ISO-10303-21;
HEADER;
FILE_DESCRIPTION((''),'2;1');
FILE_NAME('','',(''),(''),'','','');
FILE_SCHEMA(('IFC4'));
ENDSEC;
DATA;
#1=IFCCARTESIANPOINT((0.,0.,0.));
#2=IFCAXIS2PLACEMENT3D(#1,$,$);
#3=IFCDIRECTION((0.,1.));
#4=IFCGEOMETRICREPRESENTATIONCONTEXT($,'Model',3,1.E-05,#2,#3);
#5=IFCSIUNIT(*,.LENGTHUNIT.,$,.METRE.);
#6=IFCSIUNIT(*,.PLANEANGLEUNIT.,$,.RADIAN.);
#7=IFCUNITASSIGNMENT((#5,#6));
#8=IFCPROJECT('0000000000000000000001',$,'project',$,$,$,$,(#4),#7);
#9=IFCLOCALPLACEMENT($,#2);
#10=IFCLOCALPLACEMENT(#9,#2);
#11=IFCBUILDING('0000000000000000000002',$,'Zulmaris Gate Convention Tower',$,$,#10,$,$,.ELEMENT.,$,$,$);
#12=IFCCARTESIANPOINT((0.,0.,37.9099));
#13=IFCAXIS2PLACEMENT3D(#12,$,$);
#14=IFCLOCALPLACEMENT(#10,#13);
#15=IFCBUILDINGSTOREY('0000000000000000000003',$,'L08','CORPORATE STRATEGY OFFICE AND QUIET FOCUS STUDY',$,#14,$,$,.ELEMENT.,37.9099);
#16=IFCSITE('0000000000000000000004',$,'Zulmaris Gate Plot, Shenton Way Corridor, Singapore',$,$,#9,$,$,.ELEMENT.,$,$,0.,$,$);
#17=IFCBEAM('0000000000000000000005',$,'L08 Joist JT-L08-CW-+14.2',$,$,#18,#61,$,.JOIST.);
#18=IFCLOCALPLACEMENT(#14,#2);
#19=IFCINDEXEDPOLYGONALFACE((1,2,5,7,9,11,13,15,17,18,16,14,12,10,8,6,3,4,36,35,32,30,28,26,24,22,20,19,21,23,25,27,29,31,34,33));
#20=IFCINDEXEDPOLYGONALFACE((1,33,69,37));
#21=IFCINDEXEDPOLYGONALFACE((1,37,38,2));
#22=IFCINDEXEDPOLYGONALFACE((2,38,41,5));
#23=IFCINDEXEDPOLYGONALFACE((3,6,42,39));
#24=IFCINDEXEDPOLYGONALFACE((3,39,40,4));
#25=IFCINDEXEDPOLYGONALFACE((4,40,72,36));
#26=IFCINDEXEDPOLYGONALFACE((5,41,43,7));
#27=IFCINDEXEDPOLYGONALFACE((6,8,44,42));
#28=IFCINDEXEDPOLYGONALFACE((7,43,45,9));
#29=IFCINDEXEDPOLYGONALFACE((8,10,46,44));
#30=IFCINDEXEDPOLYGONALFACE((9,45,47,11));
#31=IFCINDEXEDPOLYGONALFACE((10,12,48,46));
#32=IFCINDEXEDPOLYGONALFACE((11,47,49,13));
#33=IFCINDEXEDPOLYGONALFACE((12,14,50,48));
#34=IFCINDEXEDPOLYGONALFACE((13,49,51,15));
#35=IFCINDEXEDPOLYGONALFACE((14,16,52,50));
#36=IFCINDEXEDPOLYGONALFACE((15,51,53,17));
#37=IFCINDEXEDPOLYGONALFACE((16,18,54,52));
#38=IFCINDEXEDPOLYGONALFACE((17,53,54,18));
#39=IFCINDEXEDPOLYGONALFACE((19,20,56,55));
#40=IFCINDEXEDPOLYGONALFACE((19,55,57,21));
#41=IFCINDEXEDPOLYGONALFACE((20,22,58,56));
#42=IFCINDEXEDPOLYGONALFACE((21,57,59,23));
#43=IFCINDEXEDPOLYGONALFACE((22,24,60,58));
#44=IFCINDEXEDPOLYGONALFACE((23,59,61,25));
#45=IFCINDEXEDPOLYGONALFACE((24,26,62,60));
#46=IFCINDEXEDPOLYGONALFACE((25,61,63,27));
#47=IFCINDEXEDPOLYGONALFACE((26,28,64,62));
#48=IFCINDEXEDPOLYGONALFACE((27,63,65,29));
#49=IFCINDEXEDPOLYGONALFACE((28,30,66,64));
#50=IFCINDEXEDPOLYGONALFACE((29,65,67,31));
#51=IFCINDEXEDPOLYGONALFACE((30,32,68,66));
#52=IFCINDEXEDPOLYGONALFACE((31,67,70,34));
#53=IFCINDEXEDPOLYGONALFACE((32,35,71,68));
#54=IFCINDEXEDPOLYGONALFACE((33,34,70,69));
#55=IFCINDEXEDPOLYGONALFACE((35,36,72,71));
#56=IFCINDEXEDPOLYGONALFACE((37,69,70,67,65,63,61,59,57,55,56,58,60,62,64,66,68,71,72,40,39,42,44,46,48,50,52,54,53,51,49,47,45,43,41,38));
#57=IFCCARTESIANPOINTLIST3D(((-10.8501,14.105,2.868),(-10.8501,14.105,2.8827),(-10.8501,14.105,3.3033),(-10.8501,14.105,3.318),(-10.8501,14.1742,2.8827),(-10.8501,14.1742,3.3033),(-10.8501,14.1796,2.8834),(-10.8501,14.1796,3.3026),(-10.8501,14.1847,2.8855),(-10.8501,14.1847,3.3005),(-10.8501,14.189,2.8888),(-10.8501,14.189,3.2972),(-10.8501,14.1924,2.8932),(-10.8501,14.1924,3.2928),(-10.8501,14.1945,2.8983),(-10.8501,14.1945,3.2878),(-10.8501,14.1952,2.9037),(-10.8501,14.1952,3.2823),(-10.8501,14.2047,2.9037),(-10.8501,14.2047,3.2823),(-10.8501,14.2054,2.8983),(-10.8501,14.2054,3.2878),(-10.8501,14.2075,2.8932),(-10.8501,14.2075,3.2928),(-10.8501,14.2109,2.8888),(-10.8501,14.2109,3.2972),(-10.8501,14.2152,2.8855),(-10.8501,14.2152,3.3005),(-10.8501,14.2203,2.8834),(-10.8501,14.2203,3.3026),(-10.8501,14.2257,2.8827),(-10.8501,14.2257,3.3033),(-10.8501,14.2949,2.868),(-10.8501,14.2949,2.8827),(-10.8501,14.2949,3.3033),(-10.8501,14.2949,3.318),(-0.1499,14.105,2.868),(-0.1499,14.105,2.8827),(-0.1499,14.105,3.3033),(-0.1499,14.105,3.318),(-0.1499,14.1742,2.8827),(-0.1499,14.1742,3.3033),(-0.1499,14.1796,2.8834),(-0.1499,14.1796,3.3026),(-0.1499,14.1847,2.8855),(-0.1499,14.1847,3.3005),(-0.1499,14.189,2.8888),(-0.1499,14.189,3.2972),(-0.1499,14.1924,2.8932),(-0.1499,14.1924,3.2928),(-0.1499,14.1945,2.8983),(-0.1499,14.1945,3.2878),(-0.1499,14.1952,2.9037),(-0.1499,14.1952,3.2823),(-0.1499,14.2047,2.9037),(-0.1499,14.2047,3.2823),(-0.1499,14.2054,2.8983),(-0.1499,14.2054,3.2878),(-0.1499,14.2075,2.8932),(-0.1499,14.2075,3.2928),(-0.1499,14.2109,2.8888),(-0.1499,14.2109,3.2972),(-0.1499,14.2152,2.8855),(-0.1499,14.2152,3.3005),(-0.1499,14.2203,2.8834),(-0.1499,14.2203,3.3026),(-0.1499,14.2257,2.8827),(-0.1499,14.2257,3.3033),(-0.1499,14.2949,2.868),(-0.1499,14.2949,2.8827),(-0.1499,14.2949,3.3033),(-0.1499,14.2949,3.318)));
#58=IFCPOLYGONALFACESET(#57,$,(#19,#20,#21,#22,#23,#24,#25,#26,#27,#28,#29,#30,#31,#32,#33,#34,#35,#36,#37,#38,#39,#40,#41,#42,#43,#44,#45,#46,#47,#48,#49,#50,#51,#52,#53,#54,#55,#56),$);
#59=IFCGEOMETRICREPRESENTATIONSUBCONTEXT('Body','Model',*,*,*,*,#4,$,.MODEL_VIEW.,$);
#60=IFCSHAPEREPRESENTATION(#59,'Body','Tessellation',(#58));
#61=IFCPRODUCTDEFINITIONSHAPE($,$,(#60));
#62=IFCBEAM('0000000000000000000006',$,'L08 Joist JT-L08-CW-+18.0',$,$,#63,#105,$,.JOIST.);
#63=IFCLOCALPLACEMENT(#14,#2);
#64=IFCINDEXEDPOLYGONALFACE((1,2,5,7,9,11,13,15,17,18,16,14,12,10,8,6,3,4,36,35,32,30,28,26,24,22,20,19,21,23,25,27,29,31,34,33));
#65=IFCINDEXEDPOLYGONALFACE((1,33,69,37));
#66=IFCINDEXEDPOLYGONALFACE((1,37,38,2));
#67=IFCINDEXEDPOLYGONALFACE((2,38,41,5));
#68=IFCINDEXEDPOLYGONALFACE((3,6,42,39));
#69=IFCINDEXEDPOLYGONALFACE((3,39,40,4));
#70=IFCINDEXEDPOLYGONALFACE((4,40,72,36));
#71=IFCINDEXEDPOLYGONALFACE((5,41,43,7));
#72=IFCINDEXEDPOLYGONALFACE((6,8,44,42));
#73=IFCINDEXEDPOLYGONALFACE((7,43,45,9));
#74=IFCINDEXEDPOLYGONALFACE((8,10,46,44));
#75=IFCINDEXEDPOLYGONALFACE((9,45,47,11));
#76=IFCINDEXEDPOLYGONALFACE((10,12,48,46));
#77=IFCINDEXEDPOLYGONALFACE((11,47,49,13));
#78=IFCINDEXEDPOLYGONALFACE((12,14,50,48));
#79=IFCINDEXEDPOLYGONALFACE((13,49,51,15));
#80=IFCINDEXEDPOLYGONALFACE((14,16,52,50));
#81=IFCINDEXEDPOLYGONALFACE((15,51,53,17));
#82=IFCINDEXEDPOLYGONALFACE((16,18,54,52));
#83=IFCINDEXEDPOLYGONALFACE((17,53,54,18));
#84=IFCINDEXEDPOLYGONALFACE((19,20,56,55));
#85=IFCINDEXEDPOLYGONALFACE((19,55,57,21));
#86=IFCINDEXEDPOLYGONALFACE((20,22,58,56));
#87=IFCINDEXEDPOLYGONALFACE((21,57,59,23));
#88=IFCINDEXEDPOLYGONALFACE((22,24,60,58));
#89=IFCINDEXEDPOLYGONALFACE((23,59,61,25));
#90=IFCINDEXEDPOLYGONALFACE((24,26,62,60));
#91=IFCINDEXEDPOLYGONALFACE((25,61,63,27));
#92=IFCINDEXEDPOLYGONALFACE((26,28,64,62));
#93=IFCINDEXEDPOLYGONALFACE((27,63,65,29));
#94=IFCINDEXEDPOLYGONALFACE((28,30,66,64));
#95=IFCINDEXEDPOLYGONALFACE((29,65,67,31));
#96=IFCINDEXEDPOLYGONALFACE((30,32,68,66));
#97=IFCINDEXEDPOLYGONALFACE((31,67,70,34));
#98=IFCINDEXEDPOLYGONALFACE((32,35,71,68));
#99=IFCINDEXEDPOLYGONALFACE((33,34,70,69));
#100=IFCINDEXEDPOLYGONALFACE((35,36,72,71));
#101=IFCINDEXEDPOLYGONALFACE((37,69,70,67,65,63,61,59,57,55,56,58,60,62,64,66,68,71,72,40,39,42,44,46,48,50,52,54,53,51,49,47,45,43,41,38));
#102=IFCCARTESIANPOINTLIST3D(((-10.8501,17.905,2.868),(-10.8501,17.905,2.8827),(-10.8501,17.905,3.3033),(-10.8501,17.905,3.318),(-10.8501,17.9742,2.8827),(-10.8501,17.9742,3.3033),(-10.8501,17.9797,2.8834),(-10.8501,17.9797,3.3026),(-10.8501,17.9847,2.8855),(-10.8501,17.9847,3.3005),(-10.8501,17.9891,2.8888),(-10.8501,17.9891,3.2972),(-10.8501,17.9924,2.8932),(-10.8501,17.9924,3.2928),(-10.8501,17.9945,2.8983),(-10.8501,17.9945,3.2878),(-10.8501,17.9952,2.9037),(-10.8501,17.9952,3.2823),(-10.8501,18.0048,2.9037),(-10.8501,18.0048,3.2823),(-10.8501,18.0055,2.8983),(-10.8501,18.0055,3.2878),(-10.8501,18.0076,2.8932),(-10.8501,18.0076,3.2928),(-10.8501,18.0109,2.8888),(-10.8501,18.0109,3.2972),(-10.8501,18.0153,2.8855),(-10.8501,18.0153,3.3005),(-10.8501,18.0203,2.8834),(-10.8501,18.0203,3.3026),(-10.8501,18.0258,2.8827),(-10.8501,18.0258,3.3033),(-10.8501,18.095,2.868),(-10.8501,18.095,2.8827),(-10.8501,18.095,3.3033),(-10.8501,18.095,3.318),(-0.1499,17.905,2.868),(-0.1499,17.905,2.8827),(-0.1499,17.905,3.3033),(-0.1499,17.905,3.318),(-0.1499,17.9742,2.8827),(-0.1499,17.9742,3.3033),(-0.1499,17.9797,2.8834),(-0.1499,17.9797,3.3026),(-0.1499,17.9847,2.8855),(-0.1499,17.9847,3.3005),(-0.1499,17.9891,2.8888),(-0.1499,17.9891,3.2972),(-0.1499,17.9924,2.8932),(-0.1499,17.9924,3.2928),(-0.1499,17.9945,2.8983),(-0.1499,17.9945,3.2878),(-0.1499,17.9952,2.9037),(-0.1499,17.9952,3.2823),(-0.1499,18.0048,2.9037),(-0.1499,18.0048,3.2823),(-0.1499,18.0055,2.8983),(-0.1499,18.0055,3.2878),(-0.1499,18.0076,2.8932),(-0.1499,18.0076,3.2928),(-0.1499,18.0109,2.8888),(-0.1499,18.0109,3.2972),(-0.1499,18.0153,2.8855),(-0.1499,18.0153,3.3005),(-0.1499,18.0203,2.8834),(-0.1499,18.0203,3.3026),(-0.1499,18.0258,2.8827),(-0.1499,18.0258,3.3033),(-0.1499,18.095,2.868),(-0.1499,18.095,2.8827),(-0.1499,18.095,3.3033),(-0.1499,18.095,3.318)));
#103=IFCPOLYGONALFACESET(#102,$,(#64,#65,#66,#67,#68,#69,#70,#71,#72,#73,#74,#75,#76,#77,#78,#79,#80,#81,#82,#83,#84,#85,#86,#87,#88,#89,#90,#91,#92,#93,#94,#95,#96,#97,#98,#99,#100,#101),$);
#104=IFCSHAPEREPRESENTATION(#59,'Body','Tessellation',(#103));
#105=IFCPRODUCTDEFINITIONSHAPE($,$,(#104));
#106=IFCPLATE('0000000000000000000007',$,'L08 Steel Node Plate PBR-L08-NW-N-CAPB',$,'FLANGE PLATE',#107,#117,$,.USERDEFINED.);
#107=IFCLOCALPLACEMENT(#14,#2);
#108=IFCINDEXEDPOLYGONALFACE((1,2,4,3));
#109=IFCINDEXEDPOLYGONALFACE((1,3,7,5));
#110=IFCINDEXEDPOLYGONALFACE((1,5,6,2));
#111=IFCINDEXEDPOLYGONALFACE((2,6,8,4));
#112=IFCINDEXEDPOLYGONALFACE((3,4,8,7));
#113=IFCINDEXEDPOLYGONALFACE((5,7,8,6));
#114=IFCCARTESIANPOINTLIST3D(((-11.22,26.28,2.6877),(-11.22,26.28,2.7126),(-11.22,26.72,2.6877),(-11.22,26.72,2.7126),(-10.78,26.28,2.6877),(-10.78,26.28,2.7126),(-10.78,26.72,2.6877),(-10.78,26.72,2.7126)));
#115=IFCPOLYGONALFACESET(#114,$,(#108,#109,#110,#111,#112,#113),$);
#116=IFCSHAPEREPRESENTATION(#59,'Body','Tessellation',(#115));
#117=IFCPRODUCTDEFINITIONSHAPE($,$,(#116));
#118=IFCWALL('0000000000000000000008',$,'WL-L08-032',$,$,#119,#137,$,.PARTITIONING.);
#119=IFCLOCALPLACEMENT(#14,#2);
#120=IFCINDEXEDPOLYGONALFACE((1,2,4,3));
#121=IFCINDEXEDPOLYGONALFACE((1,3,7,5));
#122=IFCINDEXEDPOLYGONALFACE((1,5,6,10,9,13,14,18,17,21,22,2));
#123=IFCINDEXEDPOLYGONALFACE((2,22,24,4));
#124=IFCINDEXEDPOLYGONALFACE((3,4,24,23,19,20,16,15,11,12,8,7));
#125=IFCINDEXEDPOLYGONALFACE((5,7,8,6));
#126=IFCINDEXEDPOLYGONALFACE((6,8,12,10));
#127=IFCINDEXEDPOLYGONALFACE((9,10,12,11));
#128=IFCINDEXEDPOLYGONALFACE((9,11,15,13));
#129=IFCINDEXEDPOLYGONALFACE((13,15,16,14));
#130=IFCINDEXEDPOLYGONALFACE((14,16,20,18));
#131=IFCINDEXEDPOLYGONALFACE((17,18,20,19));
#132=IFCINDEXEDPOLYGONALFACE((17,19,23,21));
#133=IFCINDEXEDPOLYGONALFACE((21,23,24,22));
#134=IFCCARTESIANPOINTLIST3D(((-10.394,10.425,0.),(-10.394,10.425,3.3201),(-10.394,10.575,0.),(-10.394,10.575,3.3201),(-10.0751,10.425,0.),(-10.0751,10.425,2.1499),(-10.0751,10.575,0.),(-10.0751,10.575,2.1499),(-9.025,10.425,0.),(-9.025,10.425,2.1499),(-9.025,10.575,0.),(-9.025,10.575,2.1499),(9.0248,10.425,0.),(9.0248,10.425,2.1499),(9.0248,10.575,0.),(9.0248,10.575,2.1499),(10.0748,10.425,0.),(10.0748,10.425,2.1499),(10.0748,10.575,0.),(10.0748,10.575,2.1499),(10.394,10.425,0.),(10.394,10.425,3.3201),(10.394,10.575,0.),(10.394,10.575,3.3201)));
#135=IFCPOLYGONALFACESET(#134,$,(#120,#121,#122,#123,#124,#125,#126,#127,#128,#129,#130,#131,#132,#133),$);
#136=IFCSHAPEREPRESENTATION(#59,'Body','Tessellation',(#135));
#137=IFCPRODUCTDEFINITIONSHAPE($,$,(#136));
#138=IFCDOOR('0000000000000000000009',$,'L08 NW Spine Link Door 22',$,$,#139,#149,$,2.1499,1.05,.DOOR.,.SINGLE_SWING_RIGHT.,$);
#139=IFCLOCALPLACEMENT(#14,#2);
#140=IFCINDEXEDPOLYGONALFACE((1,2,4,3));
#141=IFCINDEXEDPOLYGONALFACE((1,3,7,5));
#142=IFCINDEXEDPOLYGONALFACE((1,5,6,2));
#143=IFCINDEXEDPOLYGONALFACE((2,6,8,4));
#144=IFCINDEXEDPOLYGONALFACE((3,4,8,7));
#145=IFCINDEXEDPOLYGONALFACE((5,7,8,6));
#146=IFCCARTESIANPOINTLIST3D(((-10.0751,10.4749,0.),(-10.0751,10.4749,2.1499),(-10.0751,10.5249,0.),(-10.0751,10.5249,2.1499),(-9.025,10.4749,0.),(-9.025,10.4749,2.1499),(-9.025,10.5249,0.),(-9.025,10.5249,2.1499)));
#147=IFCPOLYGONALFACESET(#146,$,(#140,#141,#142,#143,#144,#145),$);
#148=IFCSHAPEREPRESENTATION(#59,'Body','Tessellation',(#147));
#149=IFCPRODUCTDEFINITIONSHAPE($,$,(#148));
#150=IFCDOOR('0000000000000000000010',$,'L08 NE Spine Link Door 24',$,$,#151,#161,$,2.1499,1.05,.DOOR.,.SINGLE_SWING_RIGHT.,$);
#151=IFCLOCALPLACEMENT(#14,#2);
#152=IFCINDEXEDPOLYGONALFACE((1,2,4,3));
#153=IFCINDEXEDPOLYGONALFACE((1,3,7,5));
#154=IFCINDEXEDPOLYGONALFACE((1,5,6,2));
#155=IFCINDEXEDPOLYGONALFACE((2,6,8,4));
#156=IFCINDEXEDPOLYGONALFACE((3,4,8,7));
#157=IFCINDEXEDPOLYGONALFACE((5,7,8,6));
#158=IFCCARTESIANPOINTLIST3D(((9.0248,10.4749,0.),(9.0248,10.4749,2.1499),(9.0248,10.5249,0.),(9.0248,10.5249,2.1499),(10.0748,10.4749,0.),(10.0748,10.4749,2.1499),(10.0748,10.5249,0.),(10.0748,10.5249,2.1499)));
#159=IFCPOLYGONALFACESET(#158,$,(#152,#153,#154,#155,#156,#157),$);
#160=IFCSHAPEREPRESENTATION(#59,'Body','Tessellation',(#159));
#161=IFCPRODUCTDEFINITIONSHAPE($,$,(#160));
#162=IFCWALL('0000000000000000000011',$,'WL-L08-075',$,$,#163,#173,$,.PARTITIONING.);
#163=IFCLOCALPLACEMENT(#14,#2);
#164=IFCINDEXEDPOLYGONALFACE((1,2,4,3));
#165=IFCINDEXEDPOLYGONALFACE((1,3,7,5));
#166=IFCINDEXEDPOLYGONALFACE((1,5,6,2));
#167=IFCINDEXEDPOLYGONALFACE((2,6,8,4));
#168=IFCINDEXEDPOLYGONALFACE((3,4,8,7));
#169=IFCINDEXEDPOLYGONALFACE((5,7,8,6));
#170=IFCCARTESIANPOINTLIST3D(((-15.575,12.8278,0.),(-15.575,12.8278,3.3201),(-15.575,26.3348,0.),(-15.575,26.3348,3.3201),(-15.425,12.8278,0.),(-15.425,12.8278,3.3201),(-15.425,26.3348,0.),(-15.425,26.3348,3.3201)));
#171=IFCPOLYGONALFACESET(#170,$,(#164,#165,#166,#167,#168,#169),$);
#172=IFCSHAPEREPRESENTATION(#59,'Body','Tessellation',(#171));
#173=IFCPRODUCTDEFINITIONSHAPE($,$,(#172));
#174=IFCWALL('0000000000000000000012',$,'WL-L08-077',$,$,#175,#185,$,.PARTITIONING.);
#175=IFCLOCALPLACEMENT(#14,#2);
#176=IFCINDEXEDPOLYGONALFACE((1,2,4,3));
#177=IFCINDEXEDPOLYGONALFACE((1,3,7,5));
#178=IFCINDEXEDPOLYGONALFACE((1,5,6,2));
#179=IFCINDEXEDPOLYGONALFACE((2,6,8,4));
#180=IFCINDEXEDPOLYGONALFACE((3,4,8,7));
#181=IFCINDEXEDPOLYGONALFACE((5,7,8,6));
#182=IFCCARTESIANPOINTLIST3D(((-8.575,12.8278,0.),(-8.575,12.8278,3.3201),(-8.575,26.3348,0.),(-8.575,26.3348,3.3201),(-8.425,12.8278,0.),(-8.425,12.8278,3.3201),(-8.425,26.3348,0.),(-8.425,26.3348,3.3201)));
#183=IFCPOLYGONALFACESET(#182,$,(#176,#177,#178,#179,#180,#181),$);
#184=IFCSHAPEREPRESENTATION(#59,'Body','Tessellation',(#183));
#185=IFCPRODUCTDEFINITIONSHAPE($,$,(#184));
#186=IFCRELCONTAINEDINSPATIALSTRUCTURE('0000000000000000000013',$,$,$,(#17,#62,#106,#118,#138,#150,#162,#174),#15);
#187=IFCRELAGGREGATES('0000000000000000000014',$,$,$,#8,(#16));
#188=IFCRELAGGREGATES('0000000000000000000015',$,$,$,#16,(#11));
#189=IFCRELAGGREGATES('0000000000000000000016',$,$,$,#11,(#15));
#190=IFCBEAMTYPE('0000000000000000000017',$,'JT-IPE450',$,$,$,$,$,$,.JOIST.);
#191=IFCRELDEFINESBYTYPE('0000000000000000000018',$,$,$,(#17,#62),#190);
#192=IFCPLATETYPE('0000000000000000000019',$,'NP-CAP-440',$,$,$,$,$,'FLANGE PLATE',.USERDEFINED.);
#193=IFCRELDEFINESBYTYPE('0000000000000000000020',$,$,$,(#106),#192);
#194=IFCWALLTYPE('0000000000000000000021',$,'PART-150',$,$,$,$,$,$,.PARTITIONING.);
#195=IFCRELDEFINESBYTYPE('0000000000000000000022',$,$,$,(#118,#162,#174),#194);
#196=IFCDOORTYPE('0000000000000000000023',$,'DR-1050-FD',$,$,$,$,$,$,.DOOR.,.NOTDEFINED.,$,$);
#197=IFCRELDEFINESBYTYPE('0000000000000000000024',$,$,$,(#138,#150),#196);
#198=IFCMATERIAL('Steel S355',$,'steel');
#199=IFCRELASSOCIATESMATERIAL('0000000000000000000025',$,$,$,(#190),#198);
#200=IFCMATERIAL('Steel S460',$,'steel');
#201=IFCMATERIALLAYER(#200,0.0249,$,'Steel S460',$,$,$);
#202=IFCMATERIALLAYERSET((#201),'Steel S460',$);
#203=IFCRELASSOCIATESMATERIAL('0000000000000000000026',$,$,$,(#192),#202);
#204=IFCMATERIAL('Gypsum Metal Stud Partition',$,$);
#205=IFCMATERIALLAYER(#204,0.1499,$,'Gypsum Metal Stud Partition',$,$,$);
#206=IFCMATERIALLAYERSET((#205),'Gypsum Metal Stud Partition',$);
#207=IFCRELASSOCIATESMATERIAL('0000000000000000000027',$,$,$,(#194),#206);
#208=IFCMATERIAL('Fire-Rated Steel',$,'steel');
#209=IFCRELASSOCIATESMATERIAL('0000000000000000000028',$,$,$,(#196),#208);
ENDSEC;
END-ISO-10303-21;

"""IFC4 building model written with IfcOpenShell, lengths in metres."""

from ifc_helpers import new_model, si_unit, direction, frame, frame_2d, origin, origin_2d, place, context, subcontext, project, spatial, rectangle, i_section, extrude, material, layer, layer_set, material_profile, profile_set, type_object, element, fill, save


model = new_model("IFC4")

# Units and contexts
model_context = context("Model", 3, precision=1e-05, world=origin(), true_north=direction((0.0, 1.0)))
body_context = subcontext(model_context, "Body", "Model", "MODEL_VIEW")
ifc_project = project(units=[si_unit("LENGTHUNIT", "METRE"), si_unit("PLANEANGLEUNIT", "RADIAN")], contexts=[model_context])

# Site, building, storey
site_placement = place(None, origin())
site = spatial("IfcSite", under=ifc_project, at=site_placement, Name="Zulmaris Gate Plot, Shenton Way Corridor, Singapore", CompositionType="ELEMENT", RefElevation=0.0)
building_placement = place(site_placement, origin())
building = spatial("IfcBuilding", under=site, at=building_placement, Name="Zulmaris Gate Convention Tower", CompositionType="ELEMENT")
storey_placement = place(building_placement, frame((0.0, 0.0, 37.9099)))
storey = spatial("IfcBuildingStorey", under=building, at=storey_placement, Name="L08", Description="CORPORATE STRATEGY OFFICE AND QUIET FOCUS STUDY", CompositionType="ELEMENT", Elevation=37.9099)

# Beams
ifc_material_1 = material(Name="Steel S355", Category="steel")
ifc_material_profile_1 = material_profile(ifc_material_1, i_section(OverallWidth=0.1899, OverallDepth=0.45, WebThickness=0.0095, FlangeThickness=0.0146, FilletRadius=0.021, at=origin_2d()), Name="IPE 450")
ifc_profile_set_1 = profile_set([ifc_material_profile_1], Name="Steel S355")
beam_type_1 = type_object("IfcBeamType", Name="JT-IPE450", PredefinedType="JOIST", material=ifc_profile_set_1)
for number, where, z_axis, x_axis, name in (
    (1, (-10.8501, 14.2, 3.093), (1.0, 0.0, 0.0), (0.0, 1.0, 0.0), "L08 Joist JT-L08-CW-+14.2"),
    (2, (-10.8501, 18.0, 3.093), (1.0, 0.0, 0.0), (0.0, 1.0, 0.0), "L08 Joist JT-L08-CW-+18.0"),
):
    element("IfcBeam", number, at=place(storey_placement, frame(where, z_axis=z_axis, x_axis=x_axis)), inside=storey, type_object=beam_type_1, Name=name, PredefinedType="JOIST", context=body_context, shape_type="SweptSolid", body=[
        extrude(i_section(OverallWidth=0.1899, OverallDepth=0.45, WebThickness=0.0095, FlangeThickness=0.0146, FilletRadius=0.021, at=origin_2d()), origin(), (0.0, 0.0, 1.0), 10.7002),
    ])

# Plate
ifc_material_2 = material(Name="Steel S460", Category="steel")
ifc_layer_1 = layer(ifc_material_2, 0.0249, Name="Steel S460")
ifc_layer_set_1 = layer_set([ifc_layer_1], Name="Steel S460")
plate_type = type_object("IfcPlateType", Name="NP-CAP-440", ElementType="FLANGE PLATE", PredefinedType="USERDEFINED", material=ifc_layer_set_1)
plate_placement = place(storey_placement, frame((-11.0, 26.5, 2.6877), z_axis=(0.0, 0.0, 1.0), x_axis=(1.0, 0.0, 0.0)))
element("IfcPlate", 3, at=plate_placement, inside=storey, type_object=plate_type, Name="L08 Steel Node Plate PBR-L08-NW-N-CAPB", ObjectType="FLANGE PLATE", PredefinedType="USERDEFINED", context=body_context, shape_type="SweptSolid", body=[
    extrude(rectangle(XDim=0.4399, YDim=0.4399, at=origin_2d()), origin(), (0.0, 0.0, 1.0), 0.0249),
])

# Wall, openings, doors
ifc_material_3 = material(Name="Gypsum Metal Stud Partition")
ifc_layer_2 = layer(ifc_material_3, 0.1499, Name="Gypsum Metal Stud Partition")
ifc_layer_set_2 = layer_set([ifc_layer_2], Name="Gypsum Metal Stud Partition")
wall_type_1 = type_object("IfcWallType", Name="PART-150", PredefinedType="PARTITIONING", material=ifc_layer_set_2)
wall_1_placement = place(storey_placement, frame((-10.394, 10.5, 0.0), z_axis=(0.0, 0.0, 1.0), x_axis=(1.0, 0.0, 0.0)))
wall_1 = element("IfcWall", 4, at=wall_1_placement, inside=storey, type_object=wall_type_1, Name="WL-L08-032", PredefinedType="PARTITIONING", context=body_context, shape_type="SweptSolid", body=[
    extrude(rectangle(XDim=20.7881, YDim=0.1499, at=frame_2d((10.394, 0.0))), origin(), (0.0, 0.0, 1.0), 3.3201),
])
opening_1_placement = place(wall_1_placement, frame((0.3191, 0.0, 0.0)))
opening_1 = element("IfcOpeningElement", 5, at=opening_1_placement, cuts=wall_1, PredefinedType="OPENING", context=body_context, shape_type="SweptSolid", body=[
    extrude(rectangle(XDim=1.05, YDim=2.1499, at=frame_2d((0.5249, 1.075))), frame((0.0, 0.085, 0.0), z_axis=(0.0, -1.0, 0.0), x_axis=(1.0, 0.0, 0.0)), (0.0, 0.0, 1.0), 0.1699),
])
opening_2_placement = place(wall_1_placement, frame((19.4189, 0.0, 0.0)))
opening_2 = element("IfcOpeningElement", 6, at=opening_2_placement, cuts=wall_1, PredefinedType="OPENING", context=body_context, shape_type="SweptSolid", body=[
    extrude(rectangle(XDim=1.05, YDim=2.1499, at=frame_2d((0.5249, 1.075))), frame((0.0, 0.085, 0.0), z_axis=(0.0, -1.0, 0.0), x_axis=(1.0, 0.0, 0.0)), (0.0, 0.0, 1.0), 0.1699),
])
ifc_material_4 = material(Name="Fire-Rated Steel", Category="steel")
door_type_1 = type_object("IfcDoorType", Name="DR-1050-FD", OperationType="NOTDEFINED", PredefinedType="DOOR", material=ifc_material_4)
door_1_placement = place(opening_1_placement, origin())
door_1 = element("IfcDoor", 7, at=door_1_placement, inside=storey, type_object=door_type_1, Name="L08 NW Spine Link Door 22", OperationType="SINGLE_SWING_RIGHT", OverallHeight=2.1499, OverallWidth=1.05, PredefinedType="DOOR", context=body_context, shape_type="SweptSolid", body=[
    extrude(rectangle(XDim=1.05, YDim=2.1499, at=frame_2d((0.5249, 1.075))), frame((0.0, 0.0249, 0.0), z_axis=(0.0, -1.0, 0.0), x_axis=(1.0, 0.0, 0.0)), (0.0, 0.0, 1.0), 0.05),
])
fill(opening_1, door_1)
door_2_placement = place(opening_2_placement, origin())
door_2 = element("IfcDoor", 8, at=door_2_placement, inside=storey, type_object=door_type_1, Name="L08 NE Spine Link Door 24", OperationType="SINGLE_SWING_RIGHT", OverallHeight=2.1499, OverallWidth=1.05, PredefinedType="DOOR", context=body_context, shape_type="SweptSolid", body=[
    extrude(rectangle(XDim=1.05, YDim=2.1499, at=frame_2d((0.5249, 1.075))), frame((0.0, 0.0249, 0.0), z_axis=(0.0, -1.0, 0.0), x_axis=(1.0, 0.0, 0.0)), (0.0, 0.0, 1.0), 0.05),
])
fill(opening_2, door_2)

# Walls
for number, where, z_axis, x_axis, name in (
    (9, (-15.5, 12.8279, 0.0), (0.0, 0.0, 1.0), (0.0, 1.0, 0.0), "WL-L08-075"),
    (10, (-8.5, 12.8279, 0.0), (0.0, 0.0, 1.0), (0.0, 1.0, 0.0), "WL-L08-077"),
):
    element("IfcWall", number, at=place(storey_placement, frame(where, z_axis=z_axis, x_axis=x_axis)), inside=storey, type_object=wall_type_1, Name=name, PredefinedType="PARTITIONING", context=body_context, shape_type="SweptSolid", body=[
        extrude(rectangle(XDim=13.5071, YDim=0.1499, at=frame_2d((6.7534, 0.0))), origin(), (0.0, 0.0, 1.0), 3.3201),
    ])

save(model, "model.ifc")
